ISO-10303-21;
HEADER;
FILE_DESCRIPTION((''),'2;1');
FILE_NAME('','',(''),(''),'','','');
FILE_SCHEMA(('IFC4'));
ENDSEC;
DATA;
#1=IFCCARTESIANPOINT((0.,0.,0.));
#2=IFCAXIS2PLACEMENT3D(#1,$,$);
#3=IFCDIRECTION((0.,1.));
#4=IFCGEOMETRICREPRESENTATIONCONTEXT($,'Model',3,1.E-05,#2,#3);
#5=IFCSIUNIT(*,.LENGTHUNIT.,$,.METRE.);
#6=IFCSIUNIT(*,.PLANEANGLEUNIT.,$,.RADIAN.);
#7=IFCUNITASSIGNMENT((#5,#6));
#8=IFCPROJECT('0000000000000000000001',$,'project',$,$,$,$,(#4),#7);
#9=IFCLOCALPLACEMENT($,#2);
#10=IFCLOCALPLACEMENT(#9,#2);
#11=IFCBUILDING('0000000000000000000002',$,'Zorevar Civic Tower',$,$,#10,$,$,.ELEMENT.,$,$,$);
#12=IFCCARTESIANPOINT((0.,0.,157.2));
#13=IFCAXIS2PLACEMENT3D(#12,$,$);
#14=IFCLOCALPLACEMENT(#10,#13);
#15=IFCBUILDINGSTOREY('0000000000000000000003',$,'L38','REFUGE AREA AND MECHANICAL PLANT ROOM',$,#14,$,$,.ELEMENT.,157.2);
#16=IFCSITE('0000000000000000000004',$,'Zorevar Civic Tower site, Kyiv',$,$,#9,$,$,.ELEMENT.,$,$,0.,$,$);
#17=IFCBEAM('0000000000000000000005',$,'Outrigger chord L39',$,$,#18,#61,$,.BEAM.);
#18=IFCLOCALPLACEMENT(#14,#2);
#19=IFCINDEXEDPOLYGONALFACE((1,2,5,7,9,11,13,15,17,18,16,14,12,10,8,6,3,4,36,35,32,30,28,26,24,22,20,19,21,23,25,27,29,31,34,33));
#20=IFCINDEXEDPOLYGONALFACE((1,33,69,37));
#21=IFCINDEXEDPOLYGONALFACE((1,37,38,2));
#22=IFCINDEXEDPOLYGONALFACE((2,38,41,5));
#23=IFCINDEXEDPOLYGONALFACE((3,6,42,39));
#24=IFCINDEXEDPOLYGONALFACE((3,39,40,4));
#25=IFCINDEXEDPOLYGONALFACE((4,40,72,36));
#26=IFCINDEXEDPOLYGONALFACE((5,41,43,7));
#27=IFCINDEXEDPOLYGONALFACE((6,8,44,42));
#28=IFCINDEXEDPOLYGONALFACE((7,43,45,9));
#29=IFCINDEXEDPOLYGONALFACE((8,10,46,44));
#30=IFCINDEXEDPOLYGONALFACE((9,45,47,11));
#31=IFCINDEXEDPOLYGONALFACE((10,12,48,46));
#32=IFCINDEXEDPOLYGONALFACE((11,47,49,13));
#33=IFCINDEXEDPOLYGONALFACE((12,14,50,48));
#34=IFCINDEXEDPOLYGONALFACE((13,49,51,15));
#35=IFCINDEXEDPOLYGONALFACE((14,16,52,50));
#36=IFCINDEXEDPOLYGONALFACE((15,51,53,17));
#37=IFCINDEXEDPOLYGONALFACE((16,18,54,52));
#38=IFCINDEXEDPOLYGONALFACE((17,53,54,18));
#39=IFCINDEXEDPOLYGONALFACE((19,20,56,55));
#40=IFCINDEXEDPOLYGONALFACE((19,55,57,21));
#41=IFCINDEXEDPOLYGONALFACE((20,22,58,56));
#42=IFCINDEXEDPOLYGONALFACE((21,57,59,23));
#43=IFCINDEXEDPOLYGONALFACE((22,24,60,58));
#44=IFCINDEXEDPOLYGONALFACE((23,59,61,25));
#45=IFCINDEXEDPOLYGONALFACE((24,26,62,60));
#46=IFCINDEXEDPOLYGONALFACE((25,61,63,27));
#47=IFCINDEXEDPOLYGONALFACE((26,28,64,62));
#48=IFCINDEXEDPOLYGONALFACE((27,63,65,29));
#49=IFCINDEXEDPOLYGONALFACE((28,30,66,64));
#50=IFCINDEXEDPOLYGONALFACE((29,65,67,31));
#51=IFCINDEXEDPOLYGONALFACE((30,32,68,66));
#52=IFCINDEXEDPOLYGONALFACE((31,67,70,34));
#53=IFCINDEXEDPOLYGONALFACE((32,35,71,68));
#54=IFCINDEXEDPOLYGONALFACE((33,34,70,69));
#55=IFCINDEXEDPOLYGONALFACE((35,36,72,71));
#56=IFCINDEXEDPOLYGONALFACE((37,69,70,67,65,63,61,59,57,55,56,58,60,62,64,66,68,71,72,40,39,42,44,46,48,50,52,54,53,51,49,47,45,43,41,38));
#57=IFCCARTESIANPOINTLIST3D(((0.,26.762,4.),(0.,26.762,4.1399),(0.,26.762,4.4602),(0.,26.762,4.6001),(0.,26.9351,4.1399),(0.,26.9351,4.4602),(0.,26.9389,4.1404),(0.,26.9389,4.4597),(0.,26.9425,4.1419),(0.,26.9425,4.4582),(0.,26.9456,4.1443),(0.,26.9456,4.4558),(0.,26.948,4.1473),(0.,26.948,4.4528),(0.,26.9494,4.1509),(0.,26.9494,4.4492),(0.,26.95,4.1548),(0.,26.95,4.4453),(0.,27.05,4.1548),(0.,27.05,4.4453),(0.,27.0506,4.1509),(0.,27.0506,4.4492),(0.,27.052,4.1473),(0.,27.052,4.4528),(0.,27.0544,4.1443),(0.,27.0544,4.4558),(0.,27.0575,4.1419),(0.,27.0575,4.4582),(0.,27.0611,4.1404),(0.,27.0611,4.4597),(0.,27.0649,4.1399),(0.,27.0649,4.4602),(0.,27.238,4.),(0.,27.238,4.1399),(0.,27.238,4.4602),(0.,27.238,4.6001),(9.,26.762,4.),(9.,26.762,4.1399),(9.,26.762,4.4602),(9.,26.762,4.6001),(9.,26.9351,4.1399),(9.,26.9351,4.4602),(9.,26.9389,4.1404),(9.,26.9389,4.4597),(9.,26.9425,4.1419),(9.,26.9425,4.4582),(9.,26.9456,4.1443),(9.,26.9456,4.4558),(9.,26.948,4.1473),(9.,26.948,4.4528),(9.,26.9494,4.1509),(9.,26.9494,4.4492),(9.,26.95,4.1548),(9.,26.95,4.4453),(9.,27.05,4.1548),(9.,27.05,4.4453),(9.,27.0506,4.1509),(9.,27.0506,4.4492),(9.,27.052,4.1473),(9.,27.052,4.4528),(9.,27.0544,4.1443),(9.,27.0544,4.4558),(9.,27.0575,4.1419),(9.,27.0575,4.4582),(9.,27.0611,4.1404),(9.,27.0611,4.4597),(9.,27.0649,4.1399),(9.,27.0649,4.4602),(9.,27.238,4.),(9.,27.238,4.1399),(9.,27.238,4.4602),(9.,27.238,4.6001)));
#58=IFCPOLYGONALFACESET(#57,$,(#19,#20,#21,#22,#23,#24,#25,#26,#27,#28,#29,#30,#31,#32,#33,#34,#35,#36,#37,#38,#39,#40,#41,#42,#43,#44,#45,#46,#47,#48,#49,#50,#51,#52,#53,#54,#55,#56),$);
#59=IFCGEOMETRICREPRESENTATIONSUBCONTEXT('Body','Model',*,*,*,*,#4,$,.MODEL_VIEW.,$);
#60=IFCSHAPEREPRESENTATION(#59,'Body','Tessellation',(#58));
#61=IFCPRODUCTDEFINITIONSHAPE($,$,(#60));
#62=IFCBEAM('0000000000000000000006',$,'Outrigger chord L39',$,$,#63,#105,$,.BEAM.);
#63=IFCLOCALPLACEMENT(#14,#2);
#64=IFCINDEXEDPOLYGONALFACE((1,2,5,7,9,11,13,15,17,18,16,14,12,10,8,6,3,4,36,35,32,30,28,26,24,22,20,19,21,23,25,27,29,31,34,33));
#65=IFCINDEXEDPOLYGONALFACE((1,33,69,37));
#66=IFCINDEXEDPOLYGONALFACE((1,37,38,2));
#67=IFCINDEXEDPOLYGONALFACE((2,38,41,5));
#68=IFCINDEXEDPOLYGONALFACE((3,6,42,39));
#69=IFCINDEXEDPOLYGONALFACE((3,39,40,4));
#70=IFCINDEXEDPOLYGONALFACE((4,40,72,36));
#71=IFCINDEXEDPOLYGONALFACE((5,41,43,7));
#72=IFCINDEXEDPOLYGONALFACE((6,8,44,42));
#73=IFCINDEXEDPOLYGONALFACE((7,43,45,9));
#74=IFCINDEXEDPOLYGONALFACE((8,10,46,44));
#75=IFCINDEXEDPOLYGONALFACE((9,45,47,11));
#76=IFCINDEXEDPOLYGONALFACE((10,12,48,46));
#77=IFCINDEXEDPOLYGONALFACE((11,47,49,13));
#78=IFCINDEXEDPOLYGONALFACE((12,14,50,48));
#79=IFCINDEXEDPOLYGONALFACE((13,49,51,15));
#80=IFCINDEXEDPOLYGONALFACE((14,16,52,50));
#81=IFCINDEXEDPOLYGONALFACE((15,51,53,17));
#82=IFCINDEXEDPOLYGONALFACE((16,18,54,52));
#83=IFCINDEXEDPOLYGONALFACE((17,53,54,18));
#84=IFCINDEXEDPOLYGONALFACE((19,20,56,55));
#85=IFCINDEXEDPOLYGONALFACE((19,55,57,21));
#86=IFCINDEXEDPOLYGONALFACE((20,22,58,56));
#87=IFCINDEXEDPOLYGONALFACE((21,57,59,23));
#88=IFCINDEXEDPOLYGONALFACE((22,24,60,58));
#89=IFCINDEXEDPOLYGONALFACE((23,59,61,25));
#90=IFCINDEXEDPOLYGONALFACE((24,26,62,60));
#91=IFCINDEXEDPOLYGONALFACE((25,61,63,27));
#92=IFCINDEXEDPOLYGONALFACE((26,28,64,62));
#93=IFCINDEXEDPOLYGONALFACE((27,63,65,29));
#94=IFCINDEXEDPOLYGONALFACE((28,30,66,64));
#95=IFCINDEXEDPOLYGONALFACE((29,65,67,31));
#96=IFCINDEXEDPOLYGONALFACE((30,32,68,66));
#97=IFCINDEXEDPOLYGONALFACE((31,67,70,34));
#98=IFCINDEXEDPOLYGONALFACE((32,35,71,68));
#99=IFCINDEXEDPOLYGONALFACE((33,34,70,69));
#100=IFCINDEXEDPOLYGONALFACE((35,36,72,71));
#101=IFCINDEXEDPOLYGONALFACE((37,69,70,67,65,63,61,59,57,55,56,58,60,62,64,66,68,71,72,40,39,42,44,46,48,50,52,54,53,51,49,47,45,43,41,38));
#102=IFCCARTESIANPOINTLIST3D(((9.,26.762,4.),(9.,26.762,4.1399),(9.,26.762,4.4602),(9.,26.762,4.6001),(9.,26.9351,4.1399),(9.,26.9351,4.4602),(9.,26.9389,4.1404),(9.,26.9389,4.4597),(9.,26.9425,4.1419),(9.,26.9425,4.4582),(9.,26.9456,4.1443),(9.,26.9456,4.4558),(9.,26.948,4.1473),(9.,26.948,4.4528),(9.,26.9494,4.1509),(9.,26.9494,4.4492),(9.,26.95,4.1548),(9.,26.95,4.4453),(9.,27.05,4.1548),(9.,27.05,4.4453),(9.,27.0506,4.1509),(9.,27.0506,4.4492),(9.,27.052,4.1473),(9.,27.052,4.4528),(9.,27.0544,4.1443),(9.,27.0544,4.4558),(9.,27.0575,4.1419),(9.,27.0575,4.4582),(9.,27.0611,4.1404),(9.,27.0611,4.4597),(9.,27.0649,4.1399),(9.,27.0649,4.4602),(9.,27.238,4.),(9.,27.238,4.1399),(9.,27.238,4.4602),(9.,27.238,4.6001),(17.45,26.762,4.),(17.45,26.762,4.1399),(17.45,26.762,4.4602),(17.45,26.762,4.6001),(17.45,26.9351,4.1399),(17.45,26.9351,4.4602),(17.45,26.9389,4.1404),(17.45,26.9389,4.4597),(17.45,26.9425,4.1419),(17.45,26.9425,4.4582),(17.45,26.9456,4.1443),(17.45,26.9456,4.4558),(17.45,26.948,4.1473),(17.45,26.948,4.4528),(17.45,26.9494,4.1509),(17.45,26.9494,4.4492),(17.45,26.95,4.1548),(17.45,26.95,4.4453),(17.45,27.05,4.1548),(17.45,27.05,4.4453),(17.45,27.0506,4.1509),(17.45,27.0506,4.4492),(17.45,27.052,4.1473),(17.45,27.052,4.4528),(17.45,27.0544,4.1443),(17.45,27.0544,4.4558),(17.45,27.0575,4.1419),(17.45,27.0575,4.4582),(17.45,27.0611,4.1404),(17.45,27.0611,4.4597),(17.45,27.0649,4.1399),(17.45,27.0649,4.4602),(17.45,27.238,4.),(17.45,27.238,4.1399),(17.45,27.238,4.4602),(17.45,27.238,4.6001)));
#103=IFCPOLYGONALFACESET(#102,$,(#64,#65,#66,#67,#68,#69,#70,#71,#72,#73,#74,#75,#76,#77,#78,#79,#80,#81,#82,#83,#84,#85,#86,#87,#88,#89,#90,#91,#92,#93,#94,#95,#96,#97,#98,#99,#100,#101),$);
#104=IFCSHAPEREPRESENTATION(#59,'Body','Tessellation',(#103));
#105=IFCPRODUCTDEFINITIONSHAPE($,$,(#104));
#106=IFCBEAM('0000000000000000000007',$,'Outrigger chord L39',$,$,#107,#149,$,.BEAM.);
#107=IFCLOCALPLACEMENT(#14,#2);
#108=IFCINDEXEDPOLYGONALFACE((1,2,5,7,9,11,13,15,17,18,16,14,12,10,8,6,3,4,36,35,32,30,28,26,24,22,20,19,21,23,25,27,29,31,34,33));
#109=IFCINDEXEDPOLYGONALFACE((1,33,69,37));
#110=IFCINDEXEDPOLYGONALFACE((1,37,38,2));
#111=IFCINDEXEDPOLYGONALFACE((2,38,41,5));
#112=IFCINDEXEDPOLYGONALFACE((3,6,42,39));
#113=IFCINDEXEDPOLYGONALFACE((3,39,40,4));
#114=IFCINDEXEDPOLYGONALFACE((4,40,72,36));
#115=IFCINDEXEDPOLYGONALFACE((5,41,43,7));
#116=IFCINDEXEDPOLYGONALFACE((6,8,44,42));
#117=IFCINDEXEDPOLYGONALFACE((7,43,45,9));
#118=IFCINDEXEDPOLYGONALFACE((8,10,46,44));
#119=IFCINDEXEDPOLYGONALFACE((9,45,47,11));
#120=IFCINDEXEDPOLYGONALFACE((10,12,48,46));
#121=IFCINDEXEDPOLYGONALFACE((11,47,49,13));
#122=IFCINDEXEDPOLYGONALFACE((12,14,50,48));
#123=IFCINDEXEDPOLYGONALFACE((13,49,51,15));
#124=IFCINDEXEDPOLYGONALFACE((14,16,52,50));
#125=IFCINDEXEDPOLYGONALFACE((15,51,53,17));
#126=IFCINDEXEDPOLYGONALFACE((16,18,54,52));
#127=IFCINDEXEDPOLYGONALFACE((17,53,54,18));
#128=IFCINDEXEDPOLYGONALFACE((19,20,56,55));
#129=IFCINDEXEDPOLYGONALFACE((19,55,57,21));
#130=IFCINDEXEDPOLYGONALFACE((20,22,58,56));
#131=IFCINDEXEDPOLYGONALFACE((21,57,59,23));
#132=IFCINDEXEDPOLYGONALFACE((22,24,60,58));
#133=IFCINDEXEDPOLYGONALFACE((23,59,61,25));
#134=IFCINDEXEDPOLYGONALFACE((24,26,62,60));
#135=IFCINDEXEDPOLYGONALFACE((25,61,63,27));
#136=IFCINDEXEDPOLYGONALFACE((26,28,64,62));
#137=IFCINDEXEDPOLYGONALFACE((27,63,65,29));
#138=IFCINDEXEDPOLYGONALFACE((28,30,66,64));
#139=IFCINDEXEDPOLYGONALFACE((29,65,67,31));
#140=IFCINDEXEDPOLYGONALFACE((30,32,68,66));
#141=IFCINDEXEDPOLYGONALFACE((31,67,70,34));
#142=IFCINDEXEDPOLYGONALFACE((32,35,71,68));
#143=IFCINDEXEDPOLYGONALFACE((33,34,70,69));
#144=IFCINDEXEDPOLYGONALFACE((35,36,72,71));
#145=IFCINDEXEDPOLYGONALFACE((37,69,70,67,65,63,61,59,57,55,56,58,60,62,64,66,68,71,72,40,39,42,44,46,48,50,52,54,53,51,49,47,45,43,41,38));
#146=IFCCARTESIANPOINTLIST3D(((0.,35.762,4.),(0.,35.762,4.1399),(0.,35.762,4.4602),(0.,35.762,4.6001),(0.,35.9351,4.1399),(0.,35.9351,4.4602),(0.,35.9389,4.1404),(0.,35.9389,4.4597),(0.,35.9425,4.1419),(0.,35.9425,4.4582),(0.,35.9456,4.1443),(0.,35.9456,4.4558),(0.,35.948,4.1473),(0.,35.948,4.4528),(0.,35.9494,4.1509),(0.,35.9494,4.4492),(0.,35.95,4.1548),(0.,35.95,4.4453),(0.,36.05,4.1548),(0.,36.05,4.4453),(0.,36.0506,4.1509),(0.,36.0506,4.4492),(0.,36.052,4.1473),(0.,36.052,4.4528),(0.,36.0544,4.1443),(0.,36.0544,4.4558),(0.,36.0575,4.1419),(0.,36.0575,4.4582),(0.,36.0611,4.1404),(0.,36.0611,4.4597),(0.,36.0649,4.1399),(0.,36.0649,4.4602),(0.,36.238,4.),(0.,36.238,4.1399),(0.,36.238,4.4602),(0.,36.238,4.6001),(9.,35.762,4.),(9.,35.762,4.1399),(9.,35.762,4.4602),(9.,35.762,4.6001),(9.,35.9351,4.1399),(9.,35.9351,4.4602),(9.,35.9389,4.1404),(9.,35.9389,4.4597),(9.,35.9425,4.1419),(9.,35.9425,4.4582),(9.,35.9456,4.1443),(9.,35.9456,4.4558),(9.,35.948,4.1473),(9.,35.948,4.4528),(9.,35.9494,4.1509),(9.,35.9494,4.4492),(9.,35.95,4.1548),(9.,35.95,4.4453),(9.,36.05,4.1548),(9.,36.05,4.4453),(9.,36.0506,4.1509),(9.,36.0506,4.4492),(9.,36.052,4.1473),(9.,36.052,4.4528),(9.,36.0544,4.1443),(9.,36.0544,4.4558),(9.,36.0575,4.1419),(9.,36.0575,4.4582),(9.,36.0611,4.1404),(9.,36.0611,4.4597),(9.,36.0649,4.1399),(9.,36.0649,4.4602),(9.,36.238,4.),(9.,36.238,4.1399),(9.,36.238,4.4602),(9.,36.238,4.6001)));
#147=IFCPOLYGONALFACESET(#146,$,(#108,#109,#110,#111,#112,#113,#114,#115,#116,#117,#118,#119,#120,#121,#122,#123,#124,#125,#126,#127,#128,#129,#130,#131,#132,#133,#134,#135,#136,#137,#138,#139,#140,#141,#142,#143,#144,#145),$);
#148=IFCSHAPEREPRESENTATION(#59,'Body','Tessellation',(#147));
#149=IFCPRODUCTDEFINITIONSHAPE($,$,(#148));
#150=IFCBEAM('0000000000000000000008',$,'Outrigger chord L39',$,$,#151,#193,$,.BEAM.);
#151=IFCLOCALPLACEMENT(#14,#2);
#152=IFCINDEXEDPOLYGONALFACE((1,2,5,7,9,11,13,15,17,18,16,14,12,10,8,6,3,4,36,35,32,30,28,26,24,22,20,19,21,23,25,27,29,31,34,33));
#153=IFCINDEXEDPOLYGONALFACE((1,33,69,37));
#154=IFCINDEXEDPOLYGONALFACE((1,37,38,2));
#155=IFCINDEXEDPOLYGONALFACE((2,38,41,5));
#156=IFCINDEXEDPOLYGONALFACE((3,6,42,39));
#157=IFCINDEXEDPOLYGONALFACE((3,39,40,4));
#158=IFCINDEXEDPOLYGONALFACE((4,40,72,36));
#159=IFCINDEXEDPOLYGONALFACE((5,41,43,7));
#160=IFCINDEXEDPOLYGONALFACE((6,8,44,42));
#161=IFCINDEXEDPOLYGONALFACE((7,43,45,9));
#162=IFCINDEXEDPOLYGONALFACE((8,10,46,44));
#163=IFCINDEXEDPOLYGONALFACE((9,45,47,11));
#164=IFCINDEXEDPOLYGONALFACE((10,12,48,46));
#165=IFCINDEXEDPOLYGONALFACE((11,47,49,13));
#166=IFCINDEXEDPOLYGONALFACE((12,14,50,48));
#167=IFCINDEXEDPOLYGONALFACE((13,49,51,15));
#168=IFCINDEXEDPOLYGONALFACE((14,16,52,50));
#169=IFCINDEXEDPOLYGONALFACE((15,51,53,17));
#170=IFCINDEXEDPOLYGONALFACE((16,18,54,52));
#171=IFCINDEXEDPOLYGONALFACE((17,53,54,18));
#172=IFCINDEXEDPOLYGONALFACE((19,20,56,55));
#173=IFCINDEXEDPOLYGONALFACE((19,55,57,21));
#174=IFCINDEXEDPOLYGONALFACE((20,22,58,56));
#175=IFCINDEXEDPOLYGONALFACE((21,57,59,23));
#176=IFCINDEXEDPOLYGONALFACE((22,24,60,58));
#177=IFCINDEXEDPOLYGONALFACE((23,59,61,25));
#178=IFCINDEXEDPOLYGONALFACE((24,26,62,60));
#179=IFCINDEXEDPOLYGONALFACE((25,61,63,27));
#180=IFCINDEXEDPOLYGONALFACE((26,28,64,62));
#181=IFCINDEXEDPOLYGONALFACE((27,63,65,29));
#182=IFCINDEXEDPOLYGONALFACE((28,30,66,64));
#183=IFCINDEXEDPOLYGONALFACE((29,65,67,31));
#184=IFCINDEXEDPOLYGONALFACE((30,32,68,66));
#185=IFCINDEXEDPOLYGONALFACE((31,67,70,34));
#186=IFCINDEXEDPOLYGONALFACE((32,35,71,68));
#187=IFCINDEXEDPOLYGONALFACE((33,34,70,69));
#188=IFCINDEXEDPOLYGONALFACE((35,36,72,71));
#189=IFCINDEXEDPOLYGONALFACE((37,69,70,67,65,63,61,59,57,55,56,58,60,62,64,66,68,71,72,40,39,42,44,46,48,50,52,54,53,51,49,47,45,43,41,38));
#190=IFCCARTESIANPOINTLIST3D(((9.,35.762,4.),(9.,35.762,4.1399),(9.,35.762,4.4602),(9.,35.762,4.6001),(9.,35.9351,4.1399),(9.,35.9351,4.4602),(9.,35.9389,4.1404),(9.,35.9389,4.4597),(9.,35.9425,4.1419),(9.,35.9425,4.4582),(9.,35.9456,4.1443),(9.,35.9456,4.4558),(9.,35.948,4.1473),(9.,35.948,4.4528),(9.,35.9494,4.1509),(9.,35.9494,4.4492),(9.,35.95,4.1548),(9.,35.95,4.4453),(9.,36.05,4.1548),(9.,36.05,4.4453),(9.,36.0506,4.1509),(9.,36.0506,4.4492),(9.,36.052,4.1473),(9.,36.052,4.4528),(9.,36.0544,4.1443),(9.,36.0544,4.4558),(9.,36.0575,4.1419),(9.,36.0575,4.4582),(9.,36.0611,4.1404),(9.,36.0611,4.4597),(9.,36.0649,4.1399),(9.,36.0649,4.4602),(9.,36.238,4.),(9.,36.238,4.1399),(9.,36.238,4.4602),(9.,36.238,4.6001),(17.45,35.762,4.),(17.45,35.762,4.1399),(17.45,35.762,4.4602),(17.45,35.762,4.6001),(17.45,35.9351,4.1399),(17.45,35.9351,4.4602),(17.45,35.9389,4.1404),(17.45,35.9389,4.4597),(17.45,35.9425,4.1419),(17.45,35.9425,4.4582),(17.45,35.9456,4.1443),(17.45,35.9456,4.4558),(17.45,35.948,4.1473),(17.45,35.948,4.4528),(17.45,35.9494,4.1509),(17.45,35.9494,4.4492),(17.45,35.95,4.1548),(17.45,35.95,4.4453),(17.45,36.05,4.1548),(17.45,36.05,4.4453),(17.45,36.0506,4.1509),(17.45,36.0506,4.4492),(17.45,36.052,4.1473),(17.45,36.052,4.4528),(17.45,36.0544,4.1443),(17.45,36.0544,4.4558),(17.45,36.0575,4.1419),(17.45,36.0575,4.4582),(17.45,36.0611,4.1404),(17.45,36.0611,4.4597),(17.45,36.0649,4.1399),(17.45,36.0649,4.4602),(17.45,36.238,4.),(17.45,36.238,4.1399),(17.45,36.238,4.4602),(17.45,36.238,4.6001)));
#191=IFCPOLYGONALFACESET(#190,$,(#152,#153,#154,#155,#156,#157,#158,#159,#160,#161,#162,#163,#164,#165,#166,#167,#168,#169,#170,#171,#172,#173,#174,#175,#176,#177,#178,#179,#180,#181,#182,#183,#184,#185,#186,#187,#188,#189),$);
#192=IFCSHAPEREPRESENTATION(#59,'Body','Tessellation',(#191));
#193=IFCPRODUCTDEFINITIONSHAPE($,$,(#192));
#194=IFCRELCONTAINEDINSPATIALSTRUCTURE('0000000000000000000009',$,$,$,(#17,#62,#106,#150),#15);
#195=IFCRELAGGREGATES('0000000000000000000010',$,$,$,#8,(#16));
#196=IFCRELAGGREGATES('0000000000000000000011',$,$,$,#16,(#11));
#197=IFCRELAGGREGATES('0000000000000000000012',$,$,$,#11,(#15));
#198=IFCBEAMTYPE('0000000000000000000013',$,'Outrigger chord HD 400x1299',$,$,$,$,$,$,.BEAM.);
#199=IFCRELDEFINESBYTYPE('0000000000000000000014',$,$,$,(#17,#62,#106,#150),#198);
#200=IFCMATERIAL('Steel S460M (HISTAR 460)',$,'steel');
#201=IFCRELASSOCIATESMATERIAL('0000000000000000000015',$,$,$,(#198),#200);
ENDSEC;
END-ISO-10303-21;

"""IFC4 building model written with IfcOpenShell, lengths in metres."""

from ifc_helpers import new_model, si_unit, direction, frame, origin, origin_2d, place, context, subcontext, project, spatial, i_section, extrude, material, material_profile, profile_set, type_object, element, save


model = new_model("IFC4")

# Units and contexts
model_context = context("Model", 3, precision=1e-05, world=origin(), true_north=direction((0.0, 1.0)))
body_context = subcontext(model_context, "Body", "Model", "MODEL_VIEW")
ifc_project = project(units=[si_unit("LENGTHUNIT", "METRE"), si_unit("PLANEANGLEUNIT", "RADIAN")], contexts=[model_context])

# Site, building, storey
site_placement = place(None, origin())
site = spatial("IfcSite", under=ifc_project, at=site_placement, Name="Zorevar Civic Tower site, Kyiv", CompositionType="ELEMENT", RefElevation=0.0)
building_placement = place(site_placement, origin())
building = spatial("IfcBuilding", under=site, at=building_placement, Name="Zorevar Civic Tower", CompositionType="ELEMENT")
storey_placement = place(building_placement, frame((0.0, 0.0, 157.2)))
storey = spatial("IfcBuildingStorey", under=building, at=storey_placement, Name="L38", Description="REFUGE AREA AND MECHANICAL PLANT ROOM", CompositionType="ELEMENT", Elevation=157.2)

# Beams
ifc_material_1 = material(Name="Steel S460M (HISTAR 460)", Category="steel")
ifc_material_profile_1 = material_profile(ifc_material_1, i_section(OverallWidth=0.4761, OverallDepth=0.6001, WebThickness=0.1001, FlangeThickness=0.1399, FilletRadius=0.0149, at=origin_2d()), Name="HD 400x1299")
ifc_profile_set_1 = profile_set([ifc_material_profile_1], Name="Steel S460M (HISTAR 460)")
beam_type_1 = type_object("IfcBeamType", Name="Outrigger chord HD 400x1299", PredefinedType="BEAM", material=ifc_profile_set_1)
beam_1_placement = place(storey_placement, frame((0.0, 27.0, 4.3), z_axis=(1.0, 0.0, 0.0), x_axis=(0.0, 1.0, 0.0)))
element("IfcBeam", 1, at=beam_1_placement, inside=storey, type_object=beam_type_1, Name="Outrigger chord L39", PredefinedType="BEAM", context=body_context, shape_type="SweptSolid", body=[
    extrude(i_section(OverallWidth=0.4761, OverallDepth=0.6001, WebThickness=0.1001, FlangeThickness=0.1399, FilletRadius=0.0149, at=origin_2d()), origin(), (0.0, 0.0, 1.0), 9.0),
])
beam_2_placement = place(storey_placement, frame((9.0, 27.0, 4.3), z_axis=(1.0, 0.0, 0.0), x_axis=(0.0, 1.0, 0.0)))
element("IfcBeam", 2, at=beam_2_placement, inside=storey, type_object=beam_type_1, Name="Outrigger chord L39", PredefinedType="BEAM", context=body_context, shape_type="SweptSolid", body=[
    extrude(i_section(OverallWidth=0.4761, OverallDepth=0.6001, WebThickness=0.1001, FlangeThickness=0.1399, FilletRadius=0.0149, at=origin_2d()), origin(), (0.0, 0.0, 1.0), 8.45),
])
beam_3_placement = place(storey_placement, frame((0.0, 36.0, 4.3), z_axis=(1.0, 0.0, 0.0), x_axis=(0.0, 1.0, 0.0)))
element("IfcBeam", 3, at=beam_3_placement, inside=storey, type_object=beam_type_1, Name="Outrigger chord L39", PredefinedType="BEAM", context=body_context, shape_type="SweptSolid", body=[
    extrude(i_section(OverallWidth=0.4761, OverallDepth=0.6001, WebThickness=0.1001, FlangeThickness=0.1399, FilletRadius=0.0149, at=origin_2d()), origin(), (0.0, 0.0, 1.0), 9.0),
])
beam_4_placement = place(storey_placement, frame((9.0, 36.0, 4.3), z_axis=(1.0, 0.0, 0.0), x_axis=(0.0, 1.0, 0.0)))
element("IfcBeam", 4, at=beam_4_placement, inside=storey, type_object=beam_type_1, Name="Outrigger chord L39", PredefinedType="BEAM", context=body_context, shape_type="SweptSolid", body=[
    extrude(i_section(OverallWidth=0.4761, OverallDepth=0.6001, WebThickness=0.1001, FlangeThickness=0.1399, FilletRadius=0.0149, at=origin_2d()), origin(), (0.0, 0.0, 1.0), 8.45),
])

save(model, "model.ifc")
